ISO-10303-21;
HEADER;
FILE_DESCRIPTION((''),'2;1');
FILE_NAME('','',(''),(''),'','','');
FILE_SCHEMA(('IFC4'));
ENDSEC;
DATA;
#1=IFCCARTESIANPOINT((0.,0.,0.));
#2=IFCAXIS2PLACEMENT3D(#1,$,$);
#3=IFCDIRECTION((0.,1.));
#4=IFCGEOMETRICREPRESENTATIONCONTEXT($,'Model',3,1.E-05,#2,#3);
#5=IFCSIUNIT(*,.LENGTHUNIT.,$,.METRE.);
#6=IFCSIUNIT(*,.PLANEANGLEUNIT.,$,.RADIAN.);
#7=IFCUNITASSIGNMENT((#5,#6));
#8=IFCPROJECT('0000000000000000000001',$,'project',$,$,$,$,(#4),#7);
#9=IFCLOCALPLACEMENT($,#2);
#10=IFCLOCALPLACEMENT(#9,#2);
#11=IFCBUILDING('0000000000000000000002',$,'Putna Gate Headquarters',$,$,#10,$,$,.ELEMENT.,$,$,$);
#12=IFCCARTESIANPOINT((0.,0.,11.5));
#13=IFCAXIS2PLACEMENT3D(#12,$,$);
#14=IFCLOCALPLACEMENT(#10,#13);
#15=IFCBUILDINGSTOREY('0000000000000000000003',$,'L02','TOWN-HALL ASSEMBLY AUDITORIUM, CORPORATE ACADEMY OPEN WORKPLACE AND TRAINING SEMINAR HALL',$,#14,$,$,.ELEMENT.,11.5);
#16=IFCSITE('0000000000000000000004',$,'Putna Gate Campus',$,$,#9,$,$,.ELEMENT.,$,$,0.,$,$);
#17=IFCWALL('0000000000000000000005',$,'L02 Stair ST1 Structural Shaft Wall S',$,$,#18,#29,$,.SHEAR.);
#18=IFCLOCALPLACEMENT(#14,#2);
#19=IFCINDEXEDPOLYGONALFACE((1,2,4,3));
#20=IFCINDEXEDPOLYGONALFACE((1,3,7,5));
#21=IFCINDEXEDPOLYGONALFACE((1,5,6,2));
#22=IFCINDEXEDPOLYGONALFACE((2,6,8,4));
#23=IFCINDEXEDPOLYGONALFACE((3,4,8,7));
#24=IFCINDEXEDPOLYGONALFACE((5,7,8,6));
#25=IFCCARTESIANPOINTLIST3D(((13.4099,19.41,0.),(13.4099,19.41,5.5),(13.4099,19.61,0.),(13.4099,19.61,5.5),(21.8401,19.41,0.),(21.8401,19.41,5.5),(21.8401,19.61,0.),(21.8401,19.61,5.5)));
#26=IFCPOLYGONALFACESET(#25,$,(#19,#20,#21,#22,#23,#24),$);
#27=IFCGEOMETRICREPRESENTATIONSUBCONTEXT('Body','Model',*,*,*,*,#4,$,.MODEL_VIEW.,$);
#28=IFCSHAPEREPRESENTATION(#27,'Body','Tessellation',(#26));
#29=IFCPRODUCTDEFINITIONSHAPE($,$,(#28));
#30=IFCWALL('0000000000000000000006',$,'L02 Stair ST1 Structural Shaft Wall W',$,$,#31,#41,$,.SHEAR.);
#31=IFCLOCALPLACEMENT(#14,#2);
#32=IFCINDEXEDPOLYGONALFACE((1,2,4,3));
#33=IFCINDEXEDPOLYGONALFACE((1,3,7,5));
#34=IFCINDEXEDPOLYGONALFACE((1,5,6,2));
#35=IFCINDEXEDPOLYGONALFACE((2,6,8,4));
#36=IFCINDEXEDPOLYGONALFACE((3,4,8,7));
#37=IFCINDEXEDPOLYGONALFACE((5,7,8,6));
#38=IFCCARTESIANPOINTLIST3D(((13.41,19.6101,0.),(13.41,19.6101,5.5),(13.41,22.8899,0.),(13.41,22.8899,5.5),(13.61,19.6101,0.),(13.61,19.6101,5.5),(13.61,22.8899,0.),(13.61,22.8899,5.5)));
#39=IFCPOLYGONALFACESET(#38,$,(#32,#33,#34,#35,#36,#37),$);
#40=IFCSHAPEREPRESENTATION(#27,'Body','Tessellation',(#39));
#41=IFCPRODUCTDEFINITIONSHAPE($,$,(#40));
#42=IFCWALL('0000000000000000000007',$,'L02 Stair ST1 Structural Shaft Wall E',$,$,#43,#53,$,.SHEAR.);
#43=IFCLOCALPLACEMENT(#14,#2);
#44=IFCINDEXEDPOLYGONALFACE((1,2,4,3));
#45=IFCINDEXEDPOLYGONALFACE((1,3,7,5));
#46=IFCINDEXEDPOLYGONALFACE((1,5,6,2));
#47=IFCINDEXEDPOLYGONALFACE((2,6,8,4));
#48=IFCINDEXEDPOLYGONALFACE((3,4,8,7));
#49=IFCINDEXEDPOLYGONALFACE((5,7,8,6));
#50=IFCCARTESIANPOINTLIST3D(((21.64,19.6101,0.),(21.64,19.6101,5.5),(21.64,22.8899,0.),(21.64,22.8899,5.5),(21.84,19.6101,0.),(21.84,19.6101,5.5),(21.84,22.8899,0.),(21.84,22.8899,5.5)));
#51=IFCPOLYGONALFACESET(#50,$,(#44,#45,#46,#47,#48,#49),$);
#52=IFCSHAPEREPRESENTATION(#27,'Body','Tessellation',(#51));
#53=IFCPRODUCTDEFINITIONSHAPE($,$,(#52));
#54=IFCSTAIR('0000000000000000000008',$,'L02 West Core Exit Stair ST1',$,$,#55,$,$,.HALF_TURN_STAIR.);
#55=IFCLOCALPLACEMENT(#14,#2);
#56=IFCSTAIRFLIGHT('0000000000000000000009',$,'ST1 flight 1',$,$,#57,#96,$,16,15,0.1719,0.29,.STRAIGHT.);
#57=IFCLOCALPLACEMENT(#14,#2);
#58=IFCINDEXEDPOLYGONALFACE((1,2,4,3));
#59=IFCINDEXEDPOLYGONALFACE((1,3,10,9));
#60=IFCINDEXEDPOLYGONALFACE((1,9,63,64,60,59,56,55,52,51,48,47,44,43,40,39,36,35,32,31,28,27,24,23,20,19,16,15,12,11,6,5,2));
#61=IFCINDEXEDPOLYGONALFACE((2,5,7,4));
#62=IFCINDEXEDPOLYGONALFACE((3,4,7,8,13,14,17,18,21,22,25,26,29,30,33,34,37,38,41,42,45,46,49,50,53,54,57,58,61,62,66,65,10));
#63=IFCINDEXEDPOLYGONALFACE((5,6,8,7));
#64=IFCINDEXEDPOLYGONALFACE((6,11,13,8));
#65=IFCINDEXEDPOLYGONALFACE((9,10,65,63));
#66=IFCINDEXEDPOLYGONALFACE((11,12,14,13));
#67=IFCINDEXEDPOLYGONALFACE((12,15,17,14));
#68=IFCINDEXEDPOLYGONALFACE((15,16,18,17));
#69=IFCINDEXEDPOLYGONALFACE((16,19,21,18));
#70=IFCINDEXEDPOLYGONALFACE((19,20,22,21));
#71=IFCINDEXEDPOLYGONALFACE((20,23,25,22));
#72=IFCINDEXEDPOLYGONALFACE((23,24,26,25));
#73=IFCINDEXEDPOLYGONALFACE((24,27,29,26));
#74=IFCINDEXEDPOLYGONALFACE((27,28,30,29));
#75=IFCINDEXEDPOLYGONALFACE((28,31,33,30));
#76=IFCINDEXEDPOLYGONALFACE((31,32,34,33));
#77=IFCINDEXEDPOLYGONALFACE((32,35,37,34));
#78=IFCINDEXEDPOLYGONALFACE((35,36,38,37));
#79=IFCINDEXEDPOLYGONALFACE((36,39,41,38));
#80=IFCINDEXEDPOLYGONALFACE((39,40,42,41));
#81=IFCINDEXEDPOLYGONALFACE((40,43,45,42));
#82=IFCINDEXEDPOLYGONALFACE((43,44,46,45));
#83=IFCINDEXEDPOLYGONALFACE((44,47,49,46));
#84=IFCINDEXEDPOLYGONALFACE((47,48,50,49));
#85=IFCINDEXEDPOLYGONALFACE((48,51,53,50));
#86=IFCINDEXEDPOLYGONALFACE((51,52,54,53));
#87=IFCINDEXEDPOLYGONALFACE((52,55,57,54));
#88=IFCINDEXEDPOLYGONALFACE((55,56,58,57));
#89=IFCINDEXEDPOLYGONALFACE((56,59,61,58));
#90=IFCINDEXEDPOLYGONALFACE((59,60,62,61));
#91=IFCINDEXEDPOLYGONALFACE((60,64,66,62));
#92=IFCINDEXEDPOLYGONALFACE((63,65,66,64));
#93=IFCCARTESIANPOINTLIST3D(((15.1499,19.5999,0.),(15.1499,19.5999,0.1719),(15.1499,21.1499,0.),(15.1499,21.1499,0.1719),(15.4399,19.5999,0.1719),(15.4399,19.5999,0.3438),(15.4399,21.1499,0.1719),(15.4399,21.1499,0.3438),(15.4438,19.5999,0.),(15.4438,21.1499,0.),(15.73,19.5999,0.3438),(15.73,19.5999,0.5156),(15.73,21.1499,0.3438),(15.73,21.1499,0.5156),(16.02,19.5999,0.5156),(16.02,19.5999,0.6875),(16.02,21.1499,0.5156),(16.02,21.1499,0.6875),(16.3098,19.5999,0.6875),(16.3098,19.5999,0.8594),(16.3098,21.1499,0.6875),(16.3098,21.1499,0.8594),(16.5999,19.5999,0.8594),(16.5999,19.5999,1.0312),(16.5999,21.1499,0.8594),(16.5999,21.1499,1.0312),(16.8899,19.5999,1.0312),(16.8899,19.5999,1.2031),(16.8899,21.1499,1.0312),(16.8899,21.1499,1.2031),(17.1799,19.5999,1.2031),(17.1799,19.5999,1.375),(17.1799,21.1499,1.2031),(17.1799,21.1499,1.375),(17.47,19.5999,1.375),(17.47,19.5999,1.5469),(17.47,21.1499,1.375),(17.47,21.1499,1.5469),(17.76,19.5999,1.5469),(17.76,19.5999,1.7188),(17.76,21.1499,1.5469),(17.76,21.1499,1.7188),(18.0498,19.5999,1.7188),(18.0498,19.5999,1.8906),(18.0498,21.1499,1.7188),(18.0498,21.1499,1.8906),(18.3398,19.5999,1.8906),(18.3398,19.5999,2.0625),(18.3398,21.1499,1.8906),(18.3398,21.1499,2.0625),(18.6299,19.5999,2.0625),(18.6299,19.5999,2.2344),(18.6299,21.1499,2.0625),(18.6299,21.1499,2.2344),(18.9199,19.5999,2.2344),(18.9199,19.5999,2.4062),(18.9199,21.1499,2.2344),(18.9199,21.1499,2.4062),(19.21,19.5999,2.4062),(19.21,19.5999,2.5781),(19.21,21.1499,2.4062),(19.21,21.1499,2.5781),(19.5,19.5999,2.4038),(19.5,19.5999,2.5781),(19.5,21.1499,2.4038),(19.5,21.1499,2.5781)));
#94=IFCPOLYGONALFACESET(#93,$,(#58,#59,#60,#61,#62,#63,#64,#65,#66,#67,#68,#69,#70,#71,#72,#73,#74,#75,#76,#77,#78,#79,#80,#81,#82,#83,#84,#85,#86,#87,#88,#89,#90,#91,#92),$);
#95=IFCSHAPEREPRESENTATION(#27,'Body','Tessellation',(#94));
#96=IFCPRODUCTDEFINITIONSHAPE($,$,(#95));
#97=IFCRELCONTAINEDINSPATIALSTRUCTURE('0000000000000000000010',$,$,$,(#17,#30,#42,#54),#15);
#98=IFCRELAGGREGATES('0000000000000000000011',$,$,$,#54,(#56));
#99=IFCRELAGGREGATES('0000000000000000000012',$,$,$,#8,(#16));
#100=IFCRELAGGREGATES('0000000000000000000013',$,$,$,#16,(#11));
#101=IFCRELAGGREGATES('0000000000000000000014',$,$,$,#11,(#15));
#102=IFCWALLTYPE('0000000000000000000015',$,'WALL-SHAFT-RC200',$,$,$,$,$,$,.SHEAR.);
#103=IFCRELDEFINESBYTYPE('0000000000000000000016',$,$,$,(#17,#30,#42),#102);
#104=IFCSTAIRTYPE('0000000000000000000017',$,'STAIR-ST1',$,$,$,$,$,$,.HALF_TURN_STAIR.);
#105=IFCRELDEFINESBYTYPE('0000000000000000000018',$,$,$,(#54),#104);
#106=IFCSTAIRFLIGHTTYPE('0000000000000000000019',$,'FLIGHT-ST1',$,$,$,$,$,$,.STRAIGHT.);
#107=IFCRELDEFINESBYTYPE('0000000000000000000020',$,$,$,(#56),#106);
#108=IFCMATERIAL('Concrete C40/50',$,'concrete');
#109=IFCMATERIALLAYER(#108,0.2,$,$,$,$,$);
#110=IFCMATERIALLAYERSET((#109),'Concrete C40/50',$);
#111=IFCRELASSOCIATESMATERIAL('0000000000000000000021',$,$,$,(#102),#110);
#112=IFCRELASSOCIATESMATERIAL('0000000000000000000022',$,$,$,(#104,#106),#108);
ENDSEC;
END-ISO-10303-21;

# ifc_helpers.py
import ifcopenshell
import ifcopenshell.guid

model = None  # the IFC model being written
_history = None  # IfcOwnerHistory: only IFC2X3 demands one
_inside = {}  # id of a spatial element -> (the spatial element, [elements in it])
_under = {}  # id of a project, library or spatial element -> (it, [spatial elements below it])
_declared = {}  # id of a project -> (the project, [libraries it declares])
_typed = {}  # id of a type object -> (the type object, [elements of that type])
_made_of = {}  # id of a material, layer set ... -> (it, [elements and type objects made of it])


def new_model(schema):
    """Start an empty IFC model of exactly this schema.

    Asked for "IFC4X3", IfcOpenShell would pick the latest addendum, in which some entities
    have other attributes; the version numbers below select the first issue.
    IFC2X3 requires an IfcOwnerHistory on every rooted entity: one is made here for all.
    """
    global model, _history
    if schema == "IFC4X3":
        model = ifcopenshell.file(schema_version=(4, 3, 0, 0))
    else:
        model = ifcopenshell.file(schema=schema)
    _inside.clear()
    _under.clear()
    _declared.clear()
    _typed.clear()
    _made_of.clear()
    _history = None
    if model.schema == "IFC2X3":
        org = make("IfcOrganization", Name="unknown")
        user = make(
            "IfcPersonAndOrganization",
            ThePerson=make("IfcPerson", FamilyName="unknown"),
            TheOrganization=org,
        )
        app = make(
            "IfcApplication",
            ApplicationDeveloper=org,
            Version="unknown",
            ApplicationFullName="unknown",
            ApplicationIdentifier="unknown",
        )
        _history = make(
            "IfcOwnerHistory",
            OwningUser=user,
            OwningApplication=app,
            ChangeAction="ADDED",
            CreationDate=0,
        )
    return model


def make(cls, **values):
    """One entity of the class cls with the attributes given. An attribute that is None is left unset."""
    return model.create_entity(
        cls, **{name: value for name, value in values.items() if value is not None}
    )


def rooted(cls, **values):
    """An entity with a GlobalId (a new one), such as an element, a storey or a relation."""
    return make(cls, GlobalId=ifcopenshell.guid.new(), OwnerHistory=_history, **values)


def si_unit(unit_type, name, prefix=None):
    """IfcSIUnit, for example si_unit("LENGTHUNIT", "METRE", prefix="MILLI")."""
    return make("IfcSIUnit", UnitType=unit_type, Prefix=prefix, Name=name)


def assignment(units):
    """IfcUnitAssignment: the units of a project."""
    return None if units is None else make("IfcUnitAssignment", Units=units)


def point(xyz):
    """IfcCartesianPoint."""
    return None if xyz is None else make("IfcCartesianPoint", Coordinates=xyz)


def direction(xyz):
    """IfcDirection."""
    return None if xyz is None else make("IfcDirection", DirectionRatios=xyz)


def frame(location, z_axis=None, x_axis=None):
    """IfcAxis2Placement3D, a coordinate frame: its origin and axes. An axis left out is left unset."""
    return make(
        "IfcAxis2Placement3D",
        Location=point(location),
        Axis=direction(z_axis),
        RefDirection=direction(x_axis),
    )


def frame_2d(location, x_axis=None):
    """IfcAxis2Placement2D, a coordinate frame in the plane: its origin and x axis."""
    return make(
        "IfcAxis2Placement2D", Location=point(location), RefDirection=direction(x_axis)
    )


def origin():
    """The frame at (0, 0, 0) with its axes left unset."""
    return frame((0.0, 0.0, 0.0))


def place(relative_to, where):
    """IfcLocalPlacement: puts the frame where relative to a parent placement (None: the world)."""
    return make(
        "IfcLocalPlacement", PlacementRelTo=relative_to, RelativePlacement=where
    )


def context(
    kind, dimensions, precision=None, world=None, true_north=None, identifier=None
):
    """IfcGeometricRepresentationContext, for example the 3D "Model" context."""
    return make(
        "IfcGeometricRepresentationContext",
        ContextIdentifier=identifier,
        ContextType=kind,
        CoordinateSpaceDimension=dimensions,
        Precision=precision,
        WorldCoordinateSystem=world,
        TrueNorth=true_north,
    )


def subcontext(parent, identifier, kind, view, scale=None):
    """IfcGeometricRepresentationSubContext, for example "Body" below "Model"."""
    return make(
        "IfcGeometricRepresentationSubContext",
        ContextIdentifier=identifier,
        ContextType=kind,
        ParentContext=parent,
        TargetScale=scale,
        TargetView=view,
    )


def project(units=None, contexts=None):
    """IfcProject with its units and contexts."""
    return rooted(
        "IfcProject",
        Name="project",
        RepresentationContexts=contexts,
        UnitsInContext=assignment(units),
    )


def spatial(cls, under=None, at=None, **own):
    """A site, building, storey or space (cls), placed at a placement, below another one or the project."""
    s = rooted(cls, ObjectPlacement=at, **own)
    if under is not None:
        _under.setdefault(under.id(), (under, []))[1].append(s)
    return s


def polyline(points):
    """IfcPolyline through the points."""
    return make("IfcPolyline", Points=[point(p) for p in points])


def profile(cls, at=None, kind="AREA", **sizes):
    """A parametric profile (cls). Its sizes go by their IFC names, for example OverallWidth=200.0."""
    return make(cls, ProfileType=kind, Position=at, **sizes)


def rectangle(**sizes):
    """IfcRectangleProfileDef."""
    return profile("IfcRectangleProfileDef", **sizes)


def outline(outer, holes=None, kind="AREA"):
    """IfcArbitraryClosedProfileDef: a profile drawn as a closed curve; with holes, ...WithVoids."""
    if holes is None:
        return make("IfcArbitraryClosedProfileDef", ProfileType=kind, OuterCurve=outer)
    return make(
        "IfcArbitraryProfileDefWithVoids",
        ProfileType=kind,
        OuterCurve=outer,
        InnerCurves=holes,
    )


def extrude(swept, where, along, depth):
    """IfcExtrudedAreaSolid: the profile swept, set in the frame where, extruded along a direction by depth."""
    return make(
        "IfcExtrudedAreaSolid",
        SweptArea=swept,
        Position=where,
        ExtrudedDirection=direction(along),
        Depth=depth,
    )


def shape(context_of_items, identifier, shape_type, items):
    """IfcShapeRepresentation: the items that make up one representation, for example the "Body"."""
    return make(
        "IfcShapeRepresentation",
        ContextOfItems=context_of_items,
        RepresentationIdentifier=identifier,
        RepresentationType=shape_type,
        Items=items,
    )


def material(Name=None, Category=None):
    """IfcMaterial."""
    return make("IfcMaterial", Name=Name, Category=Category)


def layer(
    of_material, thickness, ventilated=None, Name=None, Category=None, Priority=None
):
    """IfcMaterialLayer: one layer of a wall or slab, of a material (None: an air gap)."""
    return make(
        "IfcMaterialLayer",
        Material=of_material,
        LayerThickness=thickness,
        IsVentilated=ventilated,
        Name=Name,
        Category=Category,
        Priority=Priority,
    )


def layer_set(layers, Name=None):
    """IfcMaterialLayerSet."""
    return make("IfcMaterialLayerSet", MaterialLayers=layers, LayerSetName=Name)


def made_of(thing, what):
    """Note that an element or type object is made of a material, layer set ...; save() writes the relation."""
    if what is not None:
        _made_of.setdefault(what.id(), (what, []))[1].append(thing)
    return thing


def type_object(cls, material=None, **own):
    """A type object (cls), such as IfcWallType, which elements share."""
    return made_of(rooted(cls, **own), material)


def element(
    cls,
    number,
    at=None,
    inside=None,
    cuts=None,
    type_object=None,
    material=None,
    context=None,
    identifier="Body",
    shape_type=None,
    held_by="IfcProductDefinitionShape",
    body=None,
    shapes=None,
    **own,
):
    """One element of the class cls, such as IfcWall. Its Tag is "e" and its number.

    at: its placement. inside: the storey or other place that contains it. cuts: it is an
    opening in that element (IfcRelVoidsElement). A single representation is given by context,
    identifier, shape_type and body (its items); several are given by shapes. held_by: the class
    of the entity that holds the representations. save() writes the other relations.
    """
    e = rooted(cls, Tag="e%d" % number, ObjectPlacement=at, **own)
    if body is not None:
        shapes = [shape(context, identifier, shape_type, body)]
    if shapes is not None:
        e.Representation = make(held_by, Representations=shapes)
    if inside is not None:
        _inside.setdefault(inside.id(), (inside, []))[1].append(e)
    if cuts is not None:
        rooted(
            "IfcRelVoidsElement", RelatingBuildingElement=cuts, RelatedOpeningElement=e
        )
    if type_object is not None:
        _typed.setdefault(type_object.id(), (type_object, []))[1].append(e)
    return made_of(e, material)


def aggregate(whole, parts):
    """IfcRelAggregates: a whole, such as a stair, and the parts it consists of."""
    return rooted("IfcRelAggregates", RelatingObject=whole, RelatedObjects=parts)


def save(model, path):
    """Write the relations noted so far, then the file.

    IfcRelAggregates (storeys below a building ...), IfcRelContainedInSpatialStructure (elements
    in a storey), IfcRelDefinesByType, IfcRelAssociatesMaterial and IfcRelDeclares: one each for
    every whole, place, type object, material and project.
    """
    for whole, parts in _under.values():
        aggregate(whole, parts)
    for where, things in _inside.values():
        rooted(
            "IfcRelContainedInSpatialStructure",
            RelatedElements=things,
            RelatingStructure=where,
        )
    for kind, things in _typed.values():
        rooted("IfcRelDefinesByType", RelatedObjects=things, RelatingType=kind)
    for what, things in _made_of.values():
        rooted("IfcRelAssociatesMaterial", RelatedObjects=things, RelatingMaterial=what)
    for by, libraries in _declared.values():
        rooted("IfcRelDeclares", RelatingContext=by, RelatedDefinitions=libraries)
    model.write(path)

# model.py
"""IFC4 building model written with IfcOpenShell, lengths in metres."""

from ifc_helpers import new_model, si_unit, direction, frame, frame_2d, origin, place, context, subcontext, project, spatial, polyline, rectangle, outline, extrude, material, layer, layer_set, type_object, element, aggregate, save


model = new_model("IFC4")

# Units and contexts
model_context = context("Model", 3, precision=1e-05, world=origin(), true_north=direction((0.0, 1.0)))
body_context = subcontext(model_context, "Body", "Model", "MODEL_VIEW")
ifc_project = project(units=[si_unit("LENGTHUNIT", "METRE"), si_unit("PLANEANGLEUNIT", "RADIAN")], contexts=[model_context])

# Site, building, storey
site_placement = place(None, origin())
site = spatial("IfcSite", under=ifc_project, at=site_placement, Name="Putna Gate Campus", CompositionType="ELEMENT", RefElevation=0.0)
building_placement = place(site_placement, origin())
building = spatial("IfcBuilding", under=site, at=building_placement, Name="Putna Gate Headquarters", CompositionType="ELEMENT")
storey_placement = place(building_placement, frame((0.0, 0.0, 11.5)))
storey = spatial("IfcBuildingStorey", under=building, at=storey_placement, Name="L02", Description="TOWN-HALL ASSEMBLY AUDITORIUM, CORPORATE ACADEMY OPEN WORKPLACE AND TRAINING SEMINAR HALL", CompositionType="ELEMENT", Elevation=11.5)

# Shared definitions
ifc_material_1 = material(Name="Concrete C40/50", Category="concrete")

# Walls
ifc_layer_1 = layer(ifc_material_1, 0.2)
ifc_layer_set_1 = layer_set([ifc_layer_1], Name="Concrete C40/50")
wall_type_1 = type_object("IfcWallType", Name="WALL-SHAFT-RC200", PredefinedType="SHEAR", material=ifc_layer_set_1)
wall_1_placement = place(storey_placement, frame((13.4099, 19.51, 0.0), z_axis=(0.0, 0.0, 1.0), x_axis=(1.0, 0.0, 0.0)))
element("IfcWall", 1, at=wall_1_placement, inside=storey, type_object=wall_type_1, Name="L02 Stair ST1 Structural Shaft Wall S", PredefinedType="SHEAR", context=body_context, shape_type="SweptSolid", body=[
    extrude(rectangle(XDim=8.4302, YDim=0.2, at=frame_2d((4.2151, 0.0))), origin(), (0.0, 0.0, 1.0), 5.5),
])
for number, where, z_axis, x_axis, name in (
    (2, (13.51, 19.6101, 0.0), (0.0, 0.0, 1.0), (0.0, 1.0, 0.0), "L02 Stair ST1 Structural Shaft Wall W"),
    (3, (21.74, 19.6101, 0.0), (0.0, 0.0, 1.0), (0.0, 1.0, 0.0), "L02 Stair ST1 Structural Shaft Wall E"),
):
    element("IfcWall", number, at=place(storey_placement, frame(where, z_axis=z_axis, x_axis=x_axis)), inside=storey, type_object=wall_type_1, Name=name, PredefinedType="SHEAR", context=body_context, shape_type="SweptSolid", body=[
        extrude(rectangle(XDim=3.2798, YDim=0.2, at=frame_2d((1.6399, 0.0))), origin(), (0.0, 0.0, 1.0), 5.5),
    ])

# Stair, stair flight
stair_type = type_object("IfcStairType", Name="STAIR-ST1", PredefinedType="HALF_TURN_STAIR", material=ifc_material_1)
stair_placement = place(storey_placement, origin())
stair = element("IfcStair", 4, at=stair_placement, inside=storey, type_object=stair_type, Name="L02 West Core Exit Stair ST1", PredefinedType="HALF_TURN_STAIR")
stair_flight_type = type_object("IfcStairFlightType", Name="FLIGHT-ST1", PredefinedType="STRAIGHT", material=ifc_material_1)
stair_flight_placement = place(storey_placement, frame((15.1499, 20.375, 0.0), z_axis=(0.0, 0.0, 1.0), x_axis=(1.0, 0.0, 0.0)))
stair_flight = element("IfcStairFlight", 5, at=stair_flight_placement, type_object=stair_flight_type, Name="ST1 flight 1", NumberOfRisers=16, NumberOfTreads=15, PredefinedType="STRAIGHT", RiserHeight=0.1719, TreadLength=0.29, context=body_context, shape_type="SweptSolid", body=[
    extrude(outline(polyline([(0.0, 0.0), (0.0, 0.1719), (0.29, 0.1719), (0.29, 0.3438), (0.5801, 0.3438), (0.5801, 0.5156), (0.8701, 0.5156), (0.8701, 0.6875), (1.1599, 0.6875), (1.1599, 0.8594), (1.45, 0.8594), (1.45, 1.0312), (1.74, 1.0312), (1.74, 1.2031), (2.03, 1.2031), (2.03, 1.375), (2.3201, 1.375), (2.3201, 1.5469), (2.6101, 1.5469), (2.6101, 1.7188), (2.8999, 1.7188), (2.8999, 1.8906), (3.1899, 1.8906), (3.1899, 2.0625), (3.48, 2.0625), (3.48, 2.2344), (3.77, 2.2344), (3.77, 2.4062), (4.0601, 2.4062), (4.0601, 2.5781), (4.3501, 2.5781), (4.3501, 2.75), (4.3501, 2.4038), (0.2939, 0.0), (0.0, 0.0)])), frame((0.0, 0.7749, 0.0), z_axis=(0.0, -1.0, 0.0), x_axis=(1.0, 0.0, 0.0)), (0.0, 0.0, 1.0), 1.55),
])
aggregate(stair, [stair_flight])

save(model, "model.ifc")
